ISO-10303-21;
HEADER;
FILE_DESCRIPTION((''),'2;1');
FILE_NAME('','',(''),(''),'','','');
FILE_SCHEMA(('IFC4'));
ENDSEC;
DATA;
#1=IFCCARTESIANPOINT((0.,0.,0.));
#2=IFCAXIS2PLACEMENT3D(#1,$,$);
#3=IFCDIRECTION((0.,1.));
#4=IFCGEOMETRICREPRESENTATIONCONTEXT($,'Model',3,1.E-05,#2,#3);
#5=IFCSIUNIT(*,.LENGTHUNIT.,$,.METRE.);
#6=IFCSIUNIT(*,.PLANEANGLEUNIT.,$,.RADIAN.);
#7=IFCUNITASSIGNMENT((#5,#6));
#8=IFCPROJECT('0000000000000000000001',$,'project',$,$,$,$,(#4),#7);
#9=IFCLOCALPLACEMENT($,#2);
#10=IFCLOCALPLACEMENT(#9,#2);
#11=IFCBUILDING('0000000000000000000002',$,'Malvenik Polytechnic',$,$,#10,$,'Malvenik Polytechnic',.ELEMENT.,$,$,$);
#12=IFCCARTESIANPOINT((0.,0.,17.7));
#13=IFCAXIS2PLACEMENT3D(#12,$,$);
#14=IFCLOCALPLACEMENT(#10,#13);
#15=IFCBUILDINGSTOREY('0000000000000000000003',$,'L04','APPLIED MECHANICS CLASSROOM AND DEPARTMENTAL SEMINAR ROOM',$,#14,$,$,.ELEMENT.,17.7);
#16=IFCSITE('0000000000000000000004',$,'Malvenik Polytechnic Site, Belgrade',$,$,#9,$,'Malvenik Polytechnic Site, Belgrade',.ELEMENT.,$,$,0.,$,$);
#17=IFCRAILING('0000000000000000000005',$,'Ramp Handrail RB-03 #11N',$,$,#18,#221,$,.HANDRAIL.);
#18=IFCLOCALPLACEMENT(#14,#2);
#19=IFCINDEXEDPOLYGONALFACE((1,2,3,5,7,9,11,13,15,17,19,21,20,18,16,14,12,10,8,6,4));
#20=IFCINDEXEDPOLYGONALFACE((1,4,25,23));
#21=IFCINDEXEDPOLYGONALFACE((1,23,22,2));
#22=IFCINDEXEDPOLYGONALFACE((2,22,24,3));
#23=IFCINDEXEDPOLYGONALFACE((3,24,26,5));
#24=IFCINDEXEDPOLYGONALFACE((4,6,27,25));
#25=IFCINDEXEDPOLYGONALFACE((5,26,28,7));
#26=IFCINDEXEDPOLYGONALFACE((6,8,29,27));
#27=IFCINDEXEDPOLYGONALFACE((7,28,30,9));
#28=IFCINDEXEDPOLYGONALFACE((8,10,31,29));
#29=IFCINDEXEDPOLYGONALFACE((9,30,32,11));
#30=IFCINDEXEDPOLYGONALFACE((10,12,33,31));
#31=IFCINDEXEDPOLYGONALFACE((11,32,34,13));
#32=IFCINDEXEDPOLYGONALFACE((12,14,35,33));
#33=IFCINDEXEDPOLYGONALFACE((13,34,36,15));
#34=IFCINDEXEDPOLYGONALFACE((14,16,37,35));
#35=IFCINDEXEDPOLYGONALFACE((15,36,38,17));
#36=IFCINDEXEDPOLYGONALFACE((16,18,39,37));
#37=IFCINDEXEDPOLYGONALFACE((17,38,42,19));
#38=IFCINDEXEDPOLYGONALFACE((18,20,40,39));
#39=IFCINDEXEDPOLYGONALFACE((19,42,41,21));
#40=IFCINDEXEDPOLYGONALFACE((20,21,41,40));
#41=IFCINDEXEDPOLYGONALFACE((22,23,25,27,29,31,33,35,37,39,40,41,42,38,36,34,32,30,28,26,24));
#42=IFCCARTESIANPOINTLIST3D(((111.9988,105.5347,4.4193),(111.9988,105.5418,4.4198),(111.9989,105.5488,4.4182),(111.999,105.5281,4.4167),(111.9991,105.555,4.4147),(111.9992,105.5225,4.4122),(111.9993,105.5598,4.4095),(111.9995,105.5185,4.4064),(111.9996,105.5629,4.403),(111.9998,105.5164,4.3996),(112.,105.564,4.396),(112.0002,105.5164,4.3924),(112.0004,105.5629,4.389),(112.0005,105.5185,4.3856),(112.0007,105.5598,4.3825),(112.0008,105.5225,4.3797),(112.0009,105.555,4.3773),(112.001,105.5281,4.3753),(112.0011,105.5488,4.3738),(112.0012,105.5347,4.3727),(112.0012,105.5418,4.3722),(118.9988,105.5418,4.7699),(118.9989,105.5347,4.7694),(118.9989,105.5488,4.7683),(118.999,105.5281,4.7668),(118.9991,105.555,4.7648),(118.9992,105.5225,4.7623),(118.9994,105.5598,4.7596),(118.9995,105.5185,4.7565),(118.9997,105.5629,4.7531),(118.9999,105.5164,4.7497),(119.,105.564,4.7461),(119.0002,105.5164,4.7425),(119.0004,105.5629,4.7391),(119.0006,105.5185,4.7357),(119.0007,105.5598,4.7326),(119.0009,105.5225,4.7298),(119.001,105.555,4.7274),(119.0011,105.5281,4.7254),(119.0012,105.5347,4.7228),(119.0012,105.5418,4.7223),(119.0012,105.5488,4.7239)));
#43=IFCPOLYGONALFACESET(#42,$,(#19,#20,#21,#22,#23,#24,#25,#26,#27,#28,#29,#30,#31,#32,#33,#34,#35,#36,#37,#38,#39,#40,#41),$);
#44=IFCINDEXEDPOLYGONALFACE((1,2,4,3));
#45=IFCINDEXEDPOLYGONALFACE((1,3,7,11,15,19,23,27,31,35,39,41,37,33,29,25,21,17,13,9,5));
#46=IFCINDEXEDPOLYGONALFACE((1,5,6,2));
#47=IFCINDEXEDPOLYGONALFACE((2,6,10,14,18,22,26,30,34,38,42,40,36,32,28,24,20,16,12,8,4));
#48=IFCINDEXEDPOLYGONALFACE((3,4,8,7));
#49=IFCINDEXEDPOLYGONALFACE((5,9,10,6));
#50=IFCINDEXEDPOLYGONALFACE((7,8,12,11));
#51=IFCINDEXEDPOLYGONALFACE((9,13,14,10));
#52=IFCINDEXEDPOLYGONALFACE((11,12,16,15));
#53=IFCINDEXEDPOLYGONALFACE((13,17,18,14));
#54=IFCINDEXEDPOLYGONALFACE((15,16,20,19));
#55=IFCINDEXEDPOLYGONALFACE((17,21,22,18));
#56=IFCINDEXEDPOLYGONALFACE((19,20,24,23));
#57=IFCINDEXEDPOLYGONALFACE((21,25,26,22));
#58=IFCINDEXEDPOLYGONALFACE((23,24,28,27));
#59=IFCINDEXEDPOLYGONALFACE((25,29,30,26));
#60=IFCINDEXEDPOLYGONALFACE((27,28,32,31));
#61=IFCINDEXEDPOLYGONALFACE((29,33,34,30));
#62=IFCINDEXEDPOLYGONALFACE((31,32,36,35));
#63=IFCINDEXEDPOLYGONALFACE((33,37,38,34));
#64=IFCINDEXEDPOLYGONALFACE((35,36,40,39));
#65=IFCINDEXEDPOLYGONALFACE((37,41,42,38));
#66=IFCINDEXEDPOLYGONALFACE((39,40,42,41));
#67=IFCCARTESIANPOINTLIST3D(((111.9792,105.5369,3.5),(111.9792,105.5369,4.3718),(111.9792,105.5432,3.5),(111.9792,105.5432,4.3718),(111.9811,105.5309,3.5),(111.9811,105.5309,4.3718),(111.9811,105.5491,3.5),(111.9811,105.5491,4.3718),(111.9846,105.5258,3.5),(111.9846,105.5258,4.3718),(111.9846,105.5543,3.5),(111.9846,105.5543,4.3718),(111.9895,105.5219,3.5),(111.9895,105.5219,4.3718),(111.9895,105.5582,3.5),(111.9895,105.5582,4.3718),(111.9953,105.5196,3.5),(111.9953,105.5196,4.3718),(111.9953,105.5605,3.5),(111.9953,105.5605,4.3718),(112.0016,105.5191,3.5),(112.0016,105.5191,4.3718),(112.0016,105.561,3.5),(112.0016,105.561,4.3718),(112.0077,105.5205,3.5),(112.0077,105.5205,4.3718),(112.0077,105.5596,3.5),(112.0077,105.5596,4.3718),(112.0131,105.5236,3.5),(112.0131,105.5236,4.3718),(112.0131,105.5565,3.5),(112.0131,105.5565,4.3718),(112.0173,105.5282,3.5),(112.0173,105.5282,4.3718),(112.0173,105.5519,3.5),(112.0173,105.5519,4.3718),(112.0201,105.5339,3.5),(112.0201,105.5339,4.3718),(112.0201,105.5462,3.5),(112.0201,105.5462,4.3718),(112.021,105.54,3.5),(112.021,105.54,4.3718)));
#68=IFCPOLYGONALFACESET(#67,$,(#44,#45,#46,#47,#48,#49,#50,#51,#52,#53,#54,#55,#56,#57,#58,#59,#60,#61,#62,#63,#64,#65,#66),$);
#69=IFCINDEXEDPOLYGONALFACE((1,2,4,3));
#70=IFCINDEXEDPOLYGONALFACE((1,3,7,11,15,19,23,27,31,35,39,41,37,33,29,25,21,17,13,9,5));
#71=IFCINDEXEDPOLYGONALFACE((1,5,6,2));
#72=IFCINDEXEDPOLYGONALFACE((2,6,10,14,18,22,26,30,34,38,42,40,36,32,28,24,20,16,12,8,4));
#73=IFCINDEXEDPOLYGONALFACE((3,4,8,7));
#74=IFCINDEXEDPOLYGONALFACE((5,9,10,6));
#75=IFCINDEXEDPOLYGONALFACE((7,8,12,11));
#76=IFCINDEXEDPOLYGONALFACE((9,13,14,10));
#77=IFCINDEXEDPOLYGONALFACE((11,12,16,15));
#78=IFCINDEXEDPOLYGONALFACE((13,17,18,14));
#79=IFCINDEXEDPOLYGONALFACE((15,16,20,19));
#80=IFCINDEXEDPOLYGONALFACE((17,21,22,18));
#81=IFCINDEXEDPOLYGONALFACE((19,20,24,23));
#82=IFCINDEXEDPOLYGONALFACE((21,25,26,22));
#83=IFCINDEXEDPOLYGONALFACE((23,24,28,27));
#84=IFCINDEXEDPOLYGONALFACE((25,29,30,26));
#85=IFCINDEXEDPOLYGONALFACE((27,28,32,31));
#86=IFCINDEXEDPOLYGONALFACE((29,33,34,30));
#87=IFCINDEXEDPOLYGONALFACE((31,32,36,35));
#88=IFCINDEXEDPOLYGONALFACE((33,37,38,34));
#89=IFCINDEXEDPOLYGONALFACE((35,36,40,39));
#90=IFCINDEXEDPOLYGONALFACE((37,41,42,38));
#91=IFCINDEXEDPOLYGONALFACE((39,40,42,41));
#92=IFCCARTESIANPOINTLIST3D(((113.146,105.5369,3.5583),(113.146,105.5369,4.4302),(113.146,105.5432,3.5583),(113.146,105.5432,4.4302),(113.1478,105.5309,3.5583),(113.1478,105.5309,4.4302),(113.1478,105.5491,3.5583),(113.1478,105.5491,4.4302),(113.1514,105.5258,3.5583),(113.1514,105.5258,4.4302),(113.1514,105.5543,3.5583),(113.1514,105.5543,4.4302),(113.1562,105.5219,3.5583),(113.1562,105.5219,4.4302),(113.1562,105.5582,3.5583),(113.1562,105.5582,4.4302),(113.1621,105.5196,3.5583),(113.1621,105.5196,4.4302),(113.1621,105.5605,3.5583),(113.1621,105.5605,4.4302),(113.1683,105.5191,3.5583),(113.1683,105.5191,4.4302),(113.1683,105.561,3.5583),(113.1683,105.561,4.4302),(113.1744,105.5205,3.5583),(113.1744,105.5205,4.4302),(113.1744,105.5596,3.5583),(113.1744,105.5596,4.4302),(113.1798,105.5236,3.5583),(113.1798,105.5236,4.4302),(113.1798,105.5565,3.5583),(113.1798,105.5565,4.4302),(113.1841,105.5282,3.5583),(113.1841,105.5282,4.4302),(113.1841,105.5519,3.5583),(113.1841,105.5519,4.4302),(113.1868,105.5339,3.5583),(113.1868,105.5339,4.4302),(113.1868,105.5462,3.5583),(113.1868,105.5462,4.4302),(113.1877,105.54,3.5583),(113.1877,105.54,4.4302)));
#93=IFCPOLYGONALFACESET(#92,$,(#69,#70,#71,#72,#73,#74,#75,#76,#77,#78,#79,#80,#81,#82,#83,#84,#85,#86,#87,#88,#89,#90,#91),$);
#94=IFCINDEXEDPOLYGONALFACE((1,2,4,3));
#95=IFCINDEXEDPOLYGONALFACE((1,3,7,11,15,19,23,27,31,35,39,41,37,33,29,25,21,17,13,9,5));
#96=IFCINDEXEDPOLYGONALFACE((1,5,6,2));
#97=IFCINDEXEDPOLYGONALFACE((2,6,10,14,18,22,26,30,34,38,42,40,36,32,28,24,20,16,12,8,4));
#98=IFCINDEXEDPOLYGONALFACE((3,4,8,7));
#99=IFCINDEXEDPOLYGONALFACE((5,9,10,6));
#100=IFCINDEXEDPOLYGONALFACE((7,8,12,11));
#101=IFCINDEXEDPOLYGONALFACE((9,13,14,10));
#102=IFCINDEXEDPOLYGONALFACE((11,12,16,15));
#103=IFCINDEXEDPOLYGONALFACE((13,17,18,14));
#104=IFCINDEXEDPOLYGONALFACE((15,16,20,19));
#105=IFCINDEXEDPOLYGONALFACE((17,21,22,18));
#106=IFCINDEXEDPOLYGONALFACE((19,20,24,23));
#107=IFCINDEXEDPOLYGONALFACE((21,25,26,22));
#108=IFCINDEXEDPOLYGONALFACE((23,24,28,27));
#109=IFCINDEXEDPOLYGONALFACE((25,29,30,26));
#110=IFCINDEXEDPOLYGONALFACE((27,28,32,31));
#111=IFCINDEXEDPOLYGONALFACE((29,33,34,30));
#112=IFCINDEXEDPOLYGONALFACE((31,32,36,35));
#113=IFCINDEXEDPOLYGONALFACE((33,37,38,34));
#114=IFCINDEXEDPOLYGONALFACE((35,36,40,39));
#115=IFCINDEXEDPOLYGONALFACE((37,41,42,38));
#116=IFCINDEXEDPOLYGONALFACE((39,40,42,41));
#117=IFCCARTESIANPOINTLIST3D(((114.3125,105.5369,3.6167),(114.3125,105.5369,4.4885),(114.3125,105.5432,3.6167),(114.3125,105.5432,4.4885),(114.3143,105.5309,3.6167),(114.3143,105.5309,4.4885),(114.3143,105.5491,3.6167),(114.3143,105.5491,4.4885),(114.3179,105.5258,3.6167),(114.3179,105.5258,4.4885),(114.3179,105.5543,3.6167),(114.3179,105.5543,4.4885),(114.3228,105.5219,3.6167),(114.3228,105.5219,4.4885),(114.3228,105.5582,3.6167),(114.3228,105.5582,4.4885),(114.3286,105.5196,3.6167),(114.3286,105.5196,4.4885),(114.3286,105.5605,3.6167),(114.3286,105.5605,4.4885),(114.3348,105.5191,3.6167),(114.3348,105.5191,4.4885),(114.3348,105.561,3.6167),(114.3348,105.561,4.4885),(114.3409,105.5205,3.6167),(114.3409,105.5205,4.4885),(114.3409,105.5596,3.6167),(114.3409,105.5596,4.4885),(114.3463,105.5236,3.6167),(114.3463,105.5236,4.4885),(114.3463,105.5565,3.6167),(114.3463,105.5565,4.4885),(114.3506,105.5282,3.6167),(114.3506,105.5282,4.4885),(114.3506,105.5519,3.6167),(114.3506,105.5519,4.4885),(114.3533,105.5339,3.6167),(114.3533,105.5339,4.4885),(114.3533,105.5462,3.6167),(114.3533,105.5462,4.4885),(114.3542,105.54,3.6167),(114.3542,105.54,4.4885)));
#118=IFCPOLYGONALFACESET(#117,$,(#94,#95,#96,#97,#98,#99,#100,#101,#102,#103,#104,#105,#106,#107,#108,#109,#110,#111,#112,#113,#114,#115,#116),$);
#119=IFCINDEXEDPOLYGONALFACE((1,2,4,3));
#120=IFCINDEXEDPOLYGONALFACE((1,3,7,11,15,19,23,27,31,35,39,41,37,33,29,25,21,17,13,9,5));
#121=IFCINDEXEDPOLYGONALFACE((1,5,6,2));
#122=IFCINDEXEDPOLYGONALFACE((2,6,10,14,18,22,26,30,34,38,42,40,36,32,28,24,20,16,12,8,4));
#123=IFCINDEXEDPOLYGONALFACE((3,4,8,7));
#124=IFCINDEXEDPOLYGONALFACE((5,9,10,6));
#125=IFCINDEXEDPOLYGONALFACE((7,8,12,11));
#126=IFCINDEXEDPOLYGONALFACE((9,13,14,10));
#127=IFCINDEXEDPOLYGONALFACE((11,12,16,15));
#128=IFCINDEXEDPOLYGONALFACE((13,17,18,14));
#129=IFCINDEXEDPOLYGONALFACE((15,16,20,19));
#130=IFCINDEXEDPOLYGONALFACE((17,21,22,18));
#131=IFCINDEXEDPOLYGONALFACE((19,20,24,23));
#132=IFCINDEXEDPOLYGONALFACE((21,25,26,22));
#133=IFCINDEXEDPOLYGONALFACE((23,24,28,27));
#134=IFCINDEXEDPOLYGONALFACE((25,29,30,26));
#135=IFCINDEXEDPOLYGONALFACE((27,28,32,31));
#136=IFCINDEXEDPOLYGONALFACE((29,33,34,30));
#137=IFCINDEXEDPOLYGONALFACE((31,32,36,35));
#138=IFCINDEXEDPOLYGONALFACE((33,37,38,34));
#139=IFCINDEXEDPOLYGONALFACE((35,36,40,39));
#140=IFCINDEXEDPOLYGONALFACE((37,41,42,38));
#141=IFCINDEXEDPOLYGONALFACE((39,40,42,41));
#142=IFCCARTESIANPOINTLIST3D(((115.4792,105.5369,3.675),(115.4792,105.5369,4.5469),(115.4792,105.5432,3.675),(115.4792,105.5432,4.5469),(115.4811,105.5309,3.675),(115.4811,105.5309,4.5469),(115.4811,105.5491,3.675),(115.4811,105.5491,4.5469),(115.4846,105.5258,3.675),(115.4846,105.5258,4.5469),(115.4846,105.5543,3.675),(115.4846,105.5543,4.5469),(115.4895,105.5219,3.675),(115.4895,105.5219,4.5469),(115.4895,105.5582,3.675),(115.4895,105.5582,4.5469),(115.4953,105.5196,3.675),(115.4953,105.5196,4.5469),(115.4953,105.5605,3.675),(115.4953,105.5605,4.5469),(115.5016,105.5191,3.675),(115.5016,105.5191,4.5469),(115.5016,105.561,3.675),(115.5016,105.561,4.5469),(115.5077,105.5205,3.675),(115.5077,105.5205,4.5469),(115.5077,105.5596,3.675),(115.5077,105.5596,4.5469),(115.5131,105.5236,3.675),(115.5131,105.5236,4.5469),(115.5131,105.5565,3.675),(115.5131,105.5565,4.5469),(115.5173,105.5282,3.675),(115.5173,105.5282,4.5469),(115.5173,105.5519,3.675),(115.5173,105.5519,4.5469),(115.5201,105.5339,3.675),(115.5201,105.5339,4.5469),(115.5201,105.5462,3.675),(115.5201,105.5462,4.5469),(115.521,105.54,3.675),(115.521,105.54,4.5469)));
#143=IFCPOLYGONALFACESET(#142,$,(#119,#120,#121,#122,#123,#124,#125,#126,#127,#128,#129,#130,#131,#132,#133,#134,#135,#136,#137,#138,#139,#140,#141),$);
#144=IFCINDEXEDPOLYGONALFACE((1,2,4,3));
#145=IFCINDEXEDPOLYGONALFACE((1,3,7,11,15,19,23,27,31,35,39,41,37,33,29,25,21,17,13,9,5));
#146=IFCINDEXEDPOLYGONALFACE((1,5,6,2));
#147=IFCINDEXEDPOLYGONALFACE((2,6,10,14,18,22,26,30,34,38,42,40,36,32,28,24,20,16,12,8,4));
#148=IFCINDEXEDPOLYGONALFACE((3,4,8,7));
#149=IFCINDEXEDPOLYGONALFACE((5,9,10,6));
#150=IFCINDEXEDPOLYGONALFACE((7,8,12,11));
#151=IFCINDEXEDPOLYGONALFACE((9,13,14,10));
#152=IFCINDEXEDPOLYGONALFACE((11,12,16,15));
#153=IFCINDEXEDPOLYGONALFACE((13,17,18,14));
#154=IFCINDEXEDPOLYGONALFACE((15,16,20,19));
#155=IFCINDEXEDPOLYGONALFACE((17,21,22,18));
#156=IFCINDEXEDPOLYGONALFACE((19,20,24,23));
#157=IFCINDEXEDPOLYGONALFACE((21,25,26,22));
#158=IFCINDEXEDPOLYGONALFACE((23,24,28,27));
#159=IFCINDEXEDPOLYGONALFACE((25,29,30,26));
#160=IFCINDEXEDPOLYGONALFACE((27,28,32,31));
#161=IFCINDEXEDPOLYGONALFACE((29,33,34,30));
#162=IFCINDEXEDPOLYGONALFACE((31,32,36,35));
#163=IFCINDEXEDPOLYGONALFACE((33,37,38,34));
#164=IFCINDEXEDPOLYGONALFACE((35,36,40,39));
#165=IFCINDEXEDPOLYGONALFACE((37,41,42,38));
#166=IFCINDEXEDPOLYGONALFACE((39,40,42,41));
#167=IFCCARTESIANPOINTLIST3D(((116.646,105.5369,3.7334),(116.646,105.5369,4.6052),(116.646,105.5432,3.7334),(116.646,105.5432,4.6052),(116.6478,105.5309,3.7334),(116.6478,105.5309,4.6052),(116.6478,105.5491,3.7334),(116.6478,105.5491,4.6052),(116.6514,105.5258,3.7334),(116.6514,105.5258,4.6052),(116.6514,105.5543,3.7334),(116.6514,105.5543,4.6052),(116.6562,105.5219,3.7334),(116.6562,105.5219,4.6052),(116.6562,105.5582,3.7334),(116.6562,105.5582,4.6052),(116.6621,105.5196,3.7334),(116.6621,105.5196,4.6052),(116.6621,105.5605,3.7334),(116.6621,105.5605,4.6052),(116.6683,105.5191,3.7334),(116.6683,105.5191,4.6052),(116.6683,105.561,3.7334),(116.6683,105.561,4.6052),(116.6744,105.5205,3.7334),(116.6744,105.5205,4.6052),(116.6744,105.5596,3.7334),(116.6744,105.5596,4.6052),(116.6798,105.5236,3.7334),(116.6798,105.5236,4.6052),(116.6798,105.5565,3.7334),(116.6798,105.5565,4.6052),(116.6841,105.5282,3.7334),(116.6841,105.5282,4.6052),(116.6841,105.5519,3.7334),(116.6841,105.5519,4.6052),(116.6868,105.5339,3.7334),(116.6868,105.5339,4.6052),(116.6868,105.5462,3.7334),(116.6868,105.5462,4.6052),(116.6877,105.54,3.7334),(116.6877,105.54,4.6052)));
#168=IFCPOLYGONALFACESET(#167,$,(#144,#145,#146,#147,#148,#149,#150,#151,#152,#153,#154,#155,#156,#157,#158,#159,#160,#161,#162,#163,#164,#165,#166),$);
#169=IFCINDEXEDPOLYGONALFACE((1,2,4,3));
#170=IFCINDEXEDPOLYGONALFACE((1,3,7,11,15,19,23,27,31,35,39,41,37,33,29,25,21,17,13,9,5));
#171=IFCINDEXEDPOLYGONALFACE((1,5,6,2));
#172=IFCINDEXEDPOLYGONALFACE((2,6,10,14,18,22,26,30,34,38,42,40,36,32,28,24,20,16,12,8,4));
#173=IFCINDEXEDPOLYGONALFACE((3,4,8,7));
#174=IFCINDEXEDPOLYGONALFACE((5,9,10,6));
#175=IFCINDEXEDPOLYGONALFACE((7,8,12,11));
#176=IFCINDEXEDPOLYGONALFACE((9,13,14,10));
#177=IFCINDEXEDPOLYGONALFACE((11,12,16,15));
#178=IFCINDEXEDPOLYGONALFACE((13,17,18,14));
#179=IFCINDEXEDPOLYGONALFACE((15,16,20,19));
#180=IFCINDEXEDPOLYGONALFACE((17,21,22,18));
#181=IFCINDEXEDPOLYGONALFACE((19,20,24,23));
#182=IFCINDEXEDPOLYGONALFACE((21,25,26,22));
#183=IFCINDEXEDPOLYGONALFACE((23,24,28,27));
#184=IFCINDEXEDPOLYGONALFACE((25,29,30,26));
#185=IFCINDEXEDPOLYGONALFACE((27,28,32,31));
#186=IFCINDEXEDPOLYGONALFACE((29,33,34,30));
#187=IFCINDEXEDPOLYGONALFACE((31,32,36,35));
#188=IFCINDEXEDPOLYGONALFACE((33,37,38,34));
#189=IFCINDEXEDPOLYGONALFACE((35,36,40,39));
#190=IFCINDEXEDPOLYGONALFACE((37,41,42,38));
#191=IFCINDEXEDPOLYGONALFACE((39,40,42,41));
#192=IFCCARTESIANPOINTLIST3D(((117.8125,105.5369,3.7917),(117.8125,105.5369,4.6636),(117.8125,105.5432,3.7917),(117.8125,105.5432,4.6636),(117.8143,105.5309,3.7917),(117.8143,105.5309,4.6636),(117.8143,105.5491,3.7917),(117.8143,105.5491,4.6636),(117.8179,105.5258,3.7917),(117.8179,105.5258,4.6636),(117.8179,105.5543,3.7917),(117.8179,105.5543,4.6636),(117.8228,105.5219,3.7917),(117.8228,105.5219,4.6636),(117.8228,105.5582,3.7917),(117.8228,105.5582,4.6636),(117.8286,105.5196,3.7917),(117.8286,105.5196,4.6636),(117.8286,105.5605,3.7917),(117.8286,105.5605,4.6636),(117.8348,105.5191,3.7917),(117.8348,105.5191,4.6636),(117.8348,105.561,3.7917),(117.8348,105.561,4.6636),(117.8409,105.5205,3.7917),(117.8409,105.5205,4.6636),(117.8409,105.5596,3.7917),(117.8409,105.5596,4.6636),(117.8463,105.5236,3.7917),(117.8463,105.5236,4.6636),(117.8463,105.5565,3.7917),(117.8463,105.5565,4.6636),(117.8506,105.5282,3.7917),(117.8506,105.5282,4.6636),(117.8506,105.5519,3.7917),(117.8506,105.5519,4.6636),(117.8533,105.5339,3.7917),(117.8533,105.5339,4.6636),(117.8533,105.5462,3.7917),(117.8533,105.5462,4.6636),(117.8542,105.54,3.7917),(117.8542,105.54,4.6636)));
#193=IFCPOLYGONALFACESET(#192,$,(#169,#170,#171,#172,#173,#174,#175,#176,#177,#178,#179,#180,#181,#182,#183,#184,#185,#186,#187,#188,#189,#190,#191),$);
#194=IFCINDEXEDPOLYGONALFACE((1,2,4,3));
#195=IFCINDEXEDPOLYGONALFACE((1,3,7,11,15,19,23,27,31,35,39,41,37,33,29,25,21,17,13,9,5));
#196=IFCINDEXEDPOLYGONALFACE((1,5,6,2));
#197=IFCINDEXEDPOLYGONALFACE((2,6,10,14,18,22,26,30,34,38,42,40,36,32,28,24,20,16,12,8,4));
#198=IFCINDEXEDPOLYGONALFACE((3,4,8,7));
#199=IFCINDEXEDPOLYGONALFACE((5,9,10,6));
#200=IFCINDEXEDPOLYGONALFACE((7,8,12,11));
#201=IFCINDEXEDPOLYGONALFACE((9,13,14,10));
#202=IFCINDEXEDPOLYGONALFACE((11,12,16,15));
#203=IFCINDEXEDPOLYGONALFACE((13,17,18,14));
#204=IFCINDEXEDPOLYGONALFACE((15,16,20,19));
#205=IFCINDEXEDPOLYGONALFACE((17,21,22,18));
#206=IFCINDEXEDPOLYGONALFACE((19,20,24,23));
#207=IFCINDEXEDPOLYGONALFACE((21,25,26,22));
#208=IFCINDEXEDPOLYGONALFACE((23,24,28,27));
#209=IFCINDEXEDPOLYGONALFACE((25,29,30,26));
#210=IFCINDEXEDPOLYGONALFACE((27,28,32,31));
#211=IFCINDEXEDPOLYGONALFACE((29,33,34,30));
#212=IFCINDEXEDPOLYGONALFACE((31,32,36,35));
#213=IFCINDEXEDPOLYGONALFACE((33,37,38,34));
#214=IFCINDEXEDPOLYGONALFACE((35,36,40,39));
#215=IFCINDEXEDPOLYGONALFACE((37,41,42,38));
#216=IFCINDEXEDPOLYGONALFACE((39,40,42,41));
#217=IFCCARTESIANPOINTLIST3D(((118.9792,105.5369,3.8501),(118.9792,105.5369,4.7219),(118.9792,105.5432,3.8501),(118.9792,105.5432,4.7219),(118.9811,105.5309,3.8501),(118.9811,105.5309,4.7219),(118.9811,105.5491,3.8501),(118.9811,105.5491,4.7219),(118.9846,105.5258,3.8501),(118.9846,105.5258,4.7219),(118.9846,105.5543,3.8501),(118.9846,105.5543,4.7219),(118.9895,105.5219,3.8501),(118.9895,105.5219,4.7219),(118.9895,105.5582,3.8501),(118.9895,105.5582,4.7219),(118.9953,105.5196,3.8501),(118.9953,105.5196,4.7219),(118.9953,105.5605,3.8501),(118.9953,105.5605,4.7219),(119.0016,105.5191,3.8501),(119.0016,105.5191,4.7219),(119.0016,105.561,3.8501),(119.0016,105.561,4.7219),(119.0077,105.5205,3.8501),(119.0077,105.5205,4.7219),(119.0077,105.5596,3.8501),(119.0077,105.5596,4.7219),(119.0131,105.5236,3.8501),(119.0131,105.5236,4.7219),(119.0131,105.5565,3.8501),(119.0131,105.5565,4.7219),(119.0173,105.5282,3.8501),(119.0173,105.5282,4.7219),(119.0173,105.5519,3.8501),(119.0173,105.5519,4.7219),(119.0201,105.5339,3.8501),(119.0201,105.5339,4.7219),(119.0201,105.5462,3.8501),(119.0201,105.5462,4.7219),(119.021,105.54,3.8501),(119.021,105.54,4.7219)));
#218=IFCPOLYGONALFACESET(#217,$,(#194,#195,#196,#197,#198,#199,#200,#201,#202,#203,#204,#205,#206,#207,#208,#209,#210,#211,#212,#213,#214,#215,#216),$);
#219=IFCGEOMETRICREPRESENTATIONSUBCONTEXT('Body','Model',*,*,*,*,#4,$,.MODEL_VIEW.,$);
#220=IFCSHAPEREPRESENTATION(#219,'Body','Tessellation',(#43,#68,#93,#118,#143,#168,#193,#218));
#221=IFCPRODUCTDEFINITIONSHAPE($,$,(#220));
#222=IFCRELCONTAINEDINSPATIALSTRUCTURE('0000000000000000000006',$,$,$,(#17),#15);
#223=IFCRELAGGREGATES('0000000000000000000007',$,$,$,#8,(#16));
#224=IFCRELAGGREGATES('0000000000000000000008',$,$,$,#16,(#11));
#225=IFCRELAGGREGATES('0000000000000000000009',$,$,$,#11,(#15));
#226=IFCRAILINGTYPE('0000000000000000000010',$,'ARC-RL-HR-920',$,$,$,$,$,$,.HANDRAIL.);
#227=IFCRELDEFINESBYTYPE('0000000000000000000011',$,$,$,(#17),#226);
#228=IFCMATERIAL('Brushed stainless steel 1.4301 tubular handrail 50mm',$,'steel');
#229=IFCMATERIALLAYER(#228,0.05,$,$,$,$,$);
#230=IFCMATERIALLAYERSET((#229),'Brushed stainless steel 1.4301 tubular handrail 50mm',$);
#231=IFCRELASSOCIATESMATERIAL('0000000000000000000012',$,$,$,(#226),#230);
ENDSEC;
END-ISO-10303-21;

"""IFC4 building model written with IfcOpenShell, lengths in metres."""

from ifc_helpers import new_model, si_unit, direction, frame, origin, origin_2d, place, context, subcontext, project, spatial, circle, extrude, material, layer, layer_set, type_object, element, save


model = new_model("IFC4")

# Units and contexts
model_context = context("Model", 3, precision=1e-05, world=origin(), true_north=direction((0.0, 1.0)))
body_context = subcontext(model_context, "Body", "Model", "MODEL_VIEW")
ifc_project = project(units=[si_unit("LENGTHUNIT", "METRE"), si_unit("PLANEANGLEUNIT", "RADIAN")], contexts=[model_context])

# Site, building, storey
site_placement = place(None, origin())
site = spatial("IfcSite", under=ifc_project, at=site_placement, Name="Malvenik Polytechnic Site, Belgrade", LongName="Malvenik Polytechnic Site, Belgrade", CompositionType="ELEMENT", RefElevation=0.0)
building_placement = place(site_placement, origin())
building = spatial("IfcBuilding", under=site, at=building_placement, Name="Malvenik Polytechnic", LongName="Malvenik Polytechnic", CompositionType="ELEMENT")
storey_placement = place(building_placement, frame((0.0, 0.0, 17.7)))
storey = spatial("IfcBuildingStorey", under=building, at=storey_placement, Name="L04", Description="APPLIED MECHANICS CLASSROOM AND DEPARTMENTAL SEMINAR ROOM", CompositionType="ELEMENT", Elevation=17.7)

# Railing
ifc_material_1 = material(Name="Brushed stainless steel 1.4301 tubular handrail 50mm", Category="steel")
ifc_layer_1 = layer(ifc_material_1, 0.05)
ifc_layer_set_1 = layer_set([ifc_layer_1], Name="Brushed stainless steel 1.4301 tubular handrail 50mm")
railing_type_1 = type_object("IfcRailingType", Name="ARC-RL-HR-920", PredefinedType="HANDRAIL", material=ifc_layer_set_1)
railing_1_placement = place(storey_placement, frame((112.0, 105.54, 3.5)))
element("IfcRailing", 1, at=railing_1_placement, inside=storey, type_object=railing_type_1, Name="Ramp Handrail RB-03 #11N", PredefinedType="HANDRAIL", context=body_context, shape_type="SweptSolid", body=[
    extrude(circle(Radius=0.0239, at=origin_2d()), frame((0.0, 0.0, 0.896), z_axis=(0.998752, 0.0, 0.049952), x_axis=(0.0, 1.0, 0.0)), (0.0, 0.0, 1.0), 7.0088),
    extrude(circle(Radius=0.021, at=origin_2d()), origin(), (0.0, 0.0, 1.0), 0.8718),
    extrude(circle(Radius=0.021, at=origin_2d()), frame((1.1667, 0.0, 0.0583)), (0.0, 0.0, 1.0), 0.8718),
    extrude(circle(Radius=0.021, at=origin_2d()), frame((2.3333, 0.0, 0.1167)), (0.0, 0.0, 1.0), 0.8718),
    extrude(circle(Radius=0.021, at=origin_2d()), frame((3.5, 0.0, 0.175)), (0.0, 0.0, 1.0), 0.8718),
    extrude(circle(Radius=0.021, at=origin_2d()), frame((4.6667, 0.0, 0.2334)), (0.0, 0.0, 1.0), 0.8718),
    extrude(circle(Radius=0.021, at=origin_2d()), frame((5.8333, 0.0, 0.2917)), (0.0, 0.0, 1.0), 0.8718),
    extrude(circle(Radius=0.021, at=origin_2d()), frame((7.0, 0.0, 0.3501)), (0.0, 0.0, 1.0), 0.8718),
])

save(model, "model.ifc")
